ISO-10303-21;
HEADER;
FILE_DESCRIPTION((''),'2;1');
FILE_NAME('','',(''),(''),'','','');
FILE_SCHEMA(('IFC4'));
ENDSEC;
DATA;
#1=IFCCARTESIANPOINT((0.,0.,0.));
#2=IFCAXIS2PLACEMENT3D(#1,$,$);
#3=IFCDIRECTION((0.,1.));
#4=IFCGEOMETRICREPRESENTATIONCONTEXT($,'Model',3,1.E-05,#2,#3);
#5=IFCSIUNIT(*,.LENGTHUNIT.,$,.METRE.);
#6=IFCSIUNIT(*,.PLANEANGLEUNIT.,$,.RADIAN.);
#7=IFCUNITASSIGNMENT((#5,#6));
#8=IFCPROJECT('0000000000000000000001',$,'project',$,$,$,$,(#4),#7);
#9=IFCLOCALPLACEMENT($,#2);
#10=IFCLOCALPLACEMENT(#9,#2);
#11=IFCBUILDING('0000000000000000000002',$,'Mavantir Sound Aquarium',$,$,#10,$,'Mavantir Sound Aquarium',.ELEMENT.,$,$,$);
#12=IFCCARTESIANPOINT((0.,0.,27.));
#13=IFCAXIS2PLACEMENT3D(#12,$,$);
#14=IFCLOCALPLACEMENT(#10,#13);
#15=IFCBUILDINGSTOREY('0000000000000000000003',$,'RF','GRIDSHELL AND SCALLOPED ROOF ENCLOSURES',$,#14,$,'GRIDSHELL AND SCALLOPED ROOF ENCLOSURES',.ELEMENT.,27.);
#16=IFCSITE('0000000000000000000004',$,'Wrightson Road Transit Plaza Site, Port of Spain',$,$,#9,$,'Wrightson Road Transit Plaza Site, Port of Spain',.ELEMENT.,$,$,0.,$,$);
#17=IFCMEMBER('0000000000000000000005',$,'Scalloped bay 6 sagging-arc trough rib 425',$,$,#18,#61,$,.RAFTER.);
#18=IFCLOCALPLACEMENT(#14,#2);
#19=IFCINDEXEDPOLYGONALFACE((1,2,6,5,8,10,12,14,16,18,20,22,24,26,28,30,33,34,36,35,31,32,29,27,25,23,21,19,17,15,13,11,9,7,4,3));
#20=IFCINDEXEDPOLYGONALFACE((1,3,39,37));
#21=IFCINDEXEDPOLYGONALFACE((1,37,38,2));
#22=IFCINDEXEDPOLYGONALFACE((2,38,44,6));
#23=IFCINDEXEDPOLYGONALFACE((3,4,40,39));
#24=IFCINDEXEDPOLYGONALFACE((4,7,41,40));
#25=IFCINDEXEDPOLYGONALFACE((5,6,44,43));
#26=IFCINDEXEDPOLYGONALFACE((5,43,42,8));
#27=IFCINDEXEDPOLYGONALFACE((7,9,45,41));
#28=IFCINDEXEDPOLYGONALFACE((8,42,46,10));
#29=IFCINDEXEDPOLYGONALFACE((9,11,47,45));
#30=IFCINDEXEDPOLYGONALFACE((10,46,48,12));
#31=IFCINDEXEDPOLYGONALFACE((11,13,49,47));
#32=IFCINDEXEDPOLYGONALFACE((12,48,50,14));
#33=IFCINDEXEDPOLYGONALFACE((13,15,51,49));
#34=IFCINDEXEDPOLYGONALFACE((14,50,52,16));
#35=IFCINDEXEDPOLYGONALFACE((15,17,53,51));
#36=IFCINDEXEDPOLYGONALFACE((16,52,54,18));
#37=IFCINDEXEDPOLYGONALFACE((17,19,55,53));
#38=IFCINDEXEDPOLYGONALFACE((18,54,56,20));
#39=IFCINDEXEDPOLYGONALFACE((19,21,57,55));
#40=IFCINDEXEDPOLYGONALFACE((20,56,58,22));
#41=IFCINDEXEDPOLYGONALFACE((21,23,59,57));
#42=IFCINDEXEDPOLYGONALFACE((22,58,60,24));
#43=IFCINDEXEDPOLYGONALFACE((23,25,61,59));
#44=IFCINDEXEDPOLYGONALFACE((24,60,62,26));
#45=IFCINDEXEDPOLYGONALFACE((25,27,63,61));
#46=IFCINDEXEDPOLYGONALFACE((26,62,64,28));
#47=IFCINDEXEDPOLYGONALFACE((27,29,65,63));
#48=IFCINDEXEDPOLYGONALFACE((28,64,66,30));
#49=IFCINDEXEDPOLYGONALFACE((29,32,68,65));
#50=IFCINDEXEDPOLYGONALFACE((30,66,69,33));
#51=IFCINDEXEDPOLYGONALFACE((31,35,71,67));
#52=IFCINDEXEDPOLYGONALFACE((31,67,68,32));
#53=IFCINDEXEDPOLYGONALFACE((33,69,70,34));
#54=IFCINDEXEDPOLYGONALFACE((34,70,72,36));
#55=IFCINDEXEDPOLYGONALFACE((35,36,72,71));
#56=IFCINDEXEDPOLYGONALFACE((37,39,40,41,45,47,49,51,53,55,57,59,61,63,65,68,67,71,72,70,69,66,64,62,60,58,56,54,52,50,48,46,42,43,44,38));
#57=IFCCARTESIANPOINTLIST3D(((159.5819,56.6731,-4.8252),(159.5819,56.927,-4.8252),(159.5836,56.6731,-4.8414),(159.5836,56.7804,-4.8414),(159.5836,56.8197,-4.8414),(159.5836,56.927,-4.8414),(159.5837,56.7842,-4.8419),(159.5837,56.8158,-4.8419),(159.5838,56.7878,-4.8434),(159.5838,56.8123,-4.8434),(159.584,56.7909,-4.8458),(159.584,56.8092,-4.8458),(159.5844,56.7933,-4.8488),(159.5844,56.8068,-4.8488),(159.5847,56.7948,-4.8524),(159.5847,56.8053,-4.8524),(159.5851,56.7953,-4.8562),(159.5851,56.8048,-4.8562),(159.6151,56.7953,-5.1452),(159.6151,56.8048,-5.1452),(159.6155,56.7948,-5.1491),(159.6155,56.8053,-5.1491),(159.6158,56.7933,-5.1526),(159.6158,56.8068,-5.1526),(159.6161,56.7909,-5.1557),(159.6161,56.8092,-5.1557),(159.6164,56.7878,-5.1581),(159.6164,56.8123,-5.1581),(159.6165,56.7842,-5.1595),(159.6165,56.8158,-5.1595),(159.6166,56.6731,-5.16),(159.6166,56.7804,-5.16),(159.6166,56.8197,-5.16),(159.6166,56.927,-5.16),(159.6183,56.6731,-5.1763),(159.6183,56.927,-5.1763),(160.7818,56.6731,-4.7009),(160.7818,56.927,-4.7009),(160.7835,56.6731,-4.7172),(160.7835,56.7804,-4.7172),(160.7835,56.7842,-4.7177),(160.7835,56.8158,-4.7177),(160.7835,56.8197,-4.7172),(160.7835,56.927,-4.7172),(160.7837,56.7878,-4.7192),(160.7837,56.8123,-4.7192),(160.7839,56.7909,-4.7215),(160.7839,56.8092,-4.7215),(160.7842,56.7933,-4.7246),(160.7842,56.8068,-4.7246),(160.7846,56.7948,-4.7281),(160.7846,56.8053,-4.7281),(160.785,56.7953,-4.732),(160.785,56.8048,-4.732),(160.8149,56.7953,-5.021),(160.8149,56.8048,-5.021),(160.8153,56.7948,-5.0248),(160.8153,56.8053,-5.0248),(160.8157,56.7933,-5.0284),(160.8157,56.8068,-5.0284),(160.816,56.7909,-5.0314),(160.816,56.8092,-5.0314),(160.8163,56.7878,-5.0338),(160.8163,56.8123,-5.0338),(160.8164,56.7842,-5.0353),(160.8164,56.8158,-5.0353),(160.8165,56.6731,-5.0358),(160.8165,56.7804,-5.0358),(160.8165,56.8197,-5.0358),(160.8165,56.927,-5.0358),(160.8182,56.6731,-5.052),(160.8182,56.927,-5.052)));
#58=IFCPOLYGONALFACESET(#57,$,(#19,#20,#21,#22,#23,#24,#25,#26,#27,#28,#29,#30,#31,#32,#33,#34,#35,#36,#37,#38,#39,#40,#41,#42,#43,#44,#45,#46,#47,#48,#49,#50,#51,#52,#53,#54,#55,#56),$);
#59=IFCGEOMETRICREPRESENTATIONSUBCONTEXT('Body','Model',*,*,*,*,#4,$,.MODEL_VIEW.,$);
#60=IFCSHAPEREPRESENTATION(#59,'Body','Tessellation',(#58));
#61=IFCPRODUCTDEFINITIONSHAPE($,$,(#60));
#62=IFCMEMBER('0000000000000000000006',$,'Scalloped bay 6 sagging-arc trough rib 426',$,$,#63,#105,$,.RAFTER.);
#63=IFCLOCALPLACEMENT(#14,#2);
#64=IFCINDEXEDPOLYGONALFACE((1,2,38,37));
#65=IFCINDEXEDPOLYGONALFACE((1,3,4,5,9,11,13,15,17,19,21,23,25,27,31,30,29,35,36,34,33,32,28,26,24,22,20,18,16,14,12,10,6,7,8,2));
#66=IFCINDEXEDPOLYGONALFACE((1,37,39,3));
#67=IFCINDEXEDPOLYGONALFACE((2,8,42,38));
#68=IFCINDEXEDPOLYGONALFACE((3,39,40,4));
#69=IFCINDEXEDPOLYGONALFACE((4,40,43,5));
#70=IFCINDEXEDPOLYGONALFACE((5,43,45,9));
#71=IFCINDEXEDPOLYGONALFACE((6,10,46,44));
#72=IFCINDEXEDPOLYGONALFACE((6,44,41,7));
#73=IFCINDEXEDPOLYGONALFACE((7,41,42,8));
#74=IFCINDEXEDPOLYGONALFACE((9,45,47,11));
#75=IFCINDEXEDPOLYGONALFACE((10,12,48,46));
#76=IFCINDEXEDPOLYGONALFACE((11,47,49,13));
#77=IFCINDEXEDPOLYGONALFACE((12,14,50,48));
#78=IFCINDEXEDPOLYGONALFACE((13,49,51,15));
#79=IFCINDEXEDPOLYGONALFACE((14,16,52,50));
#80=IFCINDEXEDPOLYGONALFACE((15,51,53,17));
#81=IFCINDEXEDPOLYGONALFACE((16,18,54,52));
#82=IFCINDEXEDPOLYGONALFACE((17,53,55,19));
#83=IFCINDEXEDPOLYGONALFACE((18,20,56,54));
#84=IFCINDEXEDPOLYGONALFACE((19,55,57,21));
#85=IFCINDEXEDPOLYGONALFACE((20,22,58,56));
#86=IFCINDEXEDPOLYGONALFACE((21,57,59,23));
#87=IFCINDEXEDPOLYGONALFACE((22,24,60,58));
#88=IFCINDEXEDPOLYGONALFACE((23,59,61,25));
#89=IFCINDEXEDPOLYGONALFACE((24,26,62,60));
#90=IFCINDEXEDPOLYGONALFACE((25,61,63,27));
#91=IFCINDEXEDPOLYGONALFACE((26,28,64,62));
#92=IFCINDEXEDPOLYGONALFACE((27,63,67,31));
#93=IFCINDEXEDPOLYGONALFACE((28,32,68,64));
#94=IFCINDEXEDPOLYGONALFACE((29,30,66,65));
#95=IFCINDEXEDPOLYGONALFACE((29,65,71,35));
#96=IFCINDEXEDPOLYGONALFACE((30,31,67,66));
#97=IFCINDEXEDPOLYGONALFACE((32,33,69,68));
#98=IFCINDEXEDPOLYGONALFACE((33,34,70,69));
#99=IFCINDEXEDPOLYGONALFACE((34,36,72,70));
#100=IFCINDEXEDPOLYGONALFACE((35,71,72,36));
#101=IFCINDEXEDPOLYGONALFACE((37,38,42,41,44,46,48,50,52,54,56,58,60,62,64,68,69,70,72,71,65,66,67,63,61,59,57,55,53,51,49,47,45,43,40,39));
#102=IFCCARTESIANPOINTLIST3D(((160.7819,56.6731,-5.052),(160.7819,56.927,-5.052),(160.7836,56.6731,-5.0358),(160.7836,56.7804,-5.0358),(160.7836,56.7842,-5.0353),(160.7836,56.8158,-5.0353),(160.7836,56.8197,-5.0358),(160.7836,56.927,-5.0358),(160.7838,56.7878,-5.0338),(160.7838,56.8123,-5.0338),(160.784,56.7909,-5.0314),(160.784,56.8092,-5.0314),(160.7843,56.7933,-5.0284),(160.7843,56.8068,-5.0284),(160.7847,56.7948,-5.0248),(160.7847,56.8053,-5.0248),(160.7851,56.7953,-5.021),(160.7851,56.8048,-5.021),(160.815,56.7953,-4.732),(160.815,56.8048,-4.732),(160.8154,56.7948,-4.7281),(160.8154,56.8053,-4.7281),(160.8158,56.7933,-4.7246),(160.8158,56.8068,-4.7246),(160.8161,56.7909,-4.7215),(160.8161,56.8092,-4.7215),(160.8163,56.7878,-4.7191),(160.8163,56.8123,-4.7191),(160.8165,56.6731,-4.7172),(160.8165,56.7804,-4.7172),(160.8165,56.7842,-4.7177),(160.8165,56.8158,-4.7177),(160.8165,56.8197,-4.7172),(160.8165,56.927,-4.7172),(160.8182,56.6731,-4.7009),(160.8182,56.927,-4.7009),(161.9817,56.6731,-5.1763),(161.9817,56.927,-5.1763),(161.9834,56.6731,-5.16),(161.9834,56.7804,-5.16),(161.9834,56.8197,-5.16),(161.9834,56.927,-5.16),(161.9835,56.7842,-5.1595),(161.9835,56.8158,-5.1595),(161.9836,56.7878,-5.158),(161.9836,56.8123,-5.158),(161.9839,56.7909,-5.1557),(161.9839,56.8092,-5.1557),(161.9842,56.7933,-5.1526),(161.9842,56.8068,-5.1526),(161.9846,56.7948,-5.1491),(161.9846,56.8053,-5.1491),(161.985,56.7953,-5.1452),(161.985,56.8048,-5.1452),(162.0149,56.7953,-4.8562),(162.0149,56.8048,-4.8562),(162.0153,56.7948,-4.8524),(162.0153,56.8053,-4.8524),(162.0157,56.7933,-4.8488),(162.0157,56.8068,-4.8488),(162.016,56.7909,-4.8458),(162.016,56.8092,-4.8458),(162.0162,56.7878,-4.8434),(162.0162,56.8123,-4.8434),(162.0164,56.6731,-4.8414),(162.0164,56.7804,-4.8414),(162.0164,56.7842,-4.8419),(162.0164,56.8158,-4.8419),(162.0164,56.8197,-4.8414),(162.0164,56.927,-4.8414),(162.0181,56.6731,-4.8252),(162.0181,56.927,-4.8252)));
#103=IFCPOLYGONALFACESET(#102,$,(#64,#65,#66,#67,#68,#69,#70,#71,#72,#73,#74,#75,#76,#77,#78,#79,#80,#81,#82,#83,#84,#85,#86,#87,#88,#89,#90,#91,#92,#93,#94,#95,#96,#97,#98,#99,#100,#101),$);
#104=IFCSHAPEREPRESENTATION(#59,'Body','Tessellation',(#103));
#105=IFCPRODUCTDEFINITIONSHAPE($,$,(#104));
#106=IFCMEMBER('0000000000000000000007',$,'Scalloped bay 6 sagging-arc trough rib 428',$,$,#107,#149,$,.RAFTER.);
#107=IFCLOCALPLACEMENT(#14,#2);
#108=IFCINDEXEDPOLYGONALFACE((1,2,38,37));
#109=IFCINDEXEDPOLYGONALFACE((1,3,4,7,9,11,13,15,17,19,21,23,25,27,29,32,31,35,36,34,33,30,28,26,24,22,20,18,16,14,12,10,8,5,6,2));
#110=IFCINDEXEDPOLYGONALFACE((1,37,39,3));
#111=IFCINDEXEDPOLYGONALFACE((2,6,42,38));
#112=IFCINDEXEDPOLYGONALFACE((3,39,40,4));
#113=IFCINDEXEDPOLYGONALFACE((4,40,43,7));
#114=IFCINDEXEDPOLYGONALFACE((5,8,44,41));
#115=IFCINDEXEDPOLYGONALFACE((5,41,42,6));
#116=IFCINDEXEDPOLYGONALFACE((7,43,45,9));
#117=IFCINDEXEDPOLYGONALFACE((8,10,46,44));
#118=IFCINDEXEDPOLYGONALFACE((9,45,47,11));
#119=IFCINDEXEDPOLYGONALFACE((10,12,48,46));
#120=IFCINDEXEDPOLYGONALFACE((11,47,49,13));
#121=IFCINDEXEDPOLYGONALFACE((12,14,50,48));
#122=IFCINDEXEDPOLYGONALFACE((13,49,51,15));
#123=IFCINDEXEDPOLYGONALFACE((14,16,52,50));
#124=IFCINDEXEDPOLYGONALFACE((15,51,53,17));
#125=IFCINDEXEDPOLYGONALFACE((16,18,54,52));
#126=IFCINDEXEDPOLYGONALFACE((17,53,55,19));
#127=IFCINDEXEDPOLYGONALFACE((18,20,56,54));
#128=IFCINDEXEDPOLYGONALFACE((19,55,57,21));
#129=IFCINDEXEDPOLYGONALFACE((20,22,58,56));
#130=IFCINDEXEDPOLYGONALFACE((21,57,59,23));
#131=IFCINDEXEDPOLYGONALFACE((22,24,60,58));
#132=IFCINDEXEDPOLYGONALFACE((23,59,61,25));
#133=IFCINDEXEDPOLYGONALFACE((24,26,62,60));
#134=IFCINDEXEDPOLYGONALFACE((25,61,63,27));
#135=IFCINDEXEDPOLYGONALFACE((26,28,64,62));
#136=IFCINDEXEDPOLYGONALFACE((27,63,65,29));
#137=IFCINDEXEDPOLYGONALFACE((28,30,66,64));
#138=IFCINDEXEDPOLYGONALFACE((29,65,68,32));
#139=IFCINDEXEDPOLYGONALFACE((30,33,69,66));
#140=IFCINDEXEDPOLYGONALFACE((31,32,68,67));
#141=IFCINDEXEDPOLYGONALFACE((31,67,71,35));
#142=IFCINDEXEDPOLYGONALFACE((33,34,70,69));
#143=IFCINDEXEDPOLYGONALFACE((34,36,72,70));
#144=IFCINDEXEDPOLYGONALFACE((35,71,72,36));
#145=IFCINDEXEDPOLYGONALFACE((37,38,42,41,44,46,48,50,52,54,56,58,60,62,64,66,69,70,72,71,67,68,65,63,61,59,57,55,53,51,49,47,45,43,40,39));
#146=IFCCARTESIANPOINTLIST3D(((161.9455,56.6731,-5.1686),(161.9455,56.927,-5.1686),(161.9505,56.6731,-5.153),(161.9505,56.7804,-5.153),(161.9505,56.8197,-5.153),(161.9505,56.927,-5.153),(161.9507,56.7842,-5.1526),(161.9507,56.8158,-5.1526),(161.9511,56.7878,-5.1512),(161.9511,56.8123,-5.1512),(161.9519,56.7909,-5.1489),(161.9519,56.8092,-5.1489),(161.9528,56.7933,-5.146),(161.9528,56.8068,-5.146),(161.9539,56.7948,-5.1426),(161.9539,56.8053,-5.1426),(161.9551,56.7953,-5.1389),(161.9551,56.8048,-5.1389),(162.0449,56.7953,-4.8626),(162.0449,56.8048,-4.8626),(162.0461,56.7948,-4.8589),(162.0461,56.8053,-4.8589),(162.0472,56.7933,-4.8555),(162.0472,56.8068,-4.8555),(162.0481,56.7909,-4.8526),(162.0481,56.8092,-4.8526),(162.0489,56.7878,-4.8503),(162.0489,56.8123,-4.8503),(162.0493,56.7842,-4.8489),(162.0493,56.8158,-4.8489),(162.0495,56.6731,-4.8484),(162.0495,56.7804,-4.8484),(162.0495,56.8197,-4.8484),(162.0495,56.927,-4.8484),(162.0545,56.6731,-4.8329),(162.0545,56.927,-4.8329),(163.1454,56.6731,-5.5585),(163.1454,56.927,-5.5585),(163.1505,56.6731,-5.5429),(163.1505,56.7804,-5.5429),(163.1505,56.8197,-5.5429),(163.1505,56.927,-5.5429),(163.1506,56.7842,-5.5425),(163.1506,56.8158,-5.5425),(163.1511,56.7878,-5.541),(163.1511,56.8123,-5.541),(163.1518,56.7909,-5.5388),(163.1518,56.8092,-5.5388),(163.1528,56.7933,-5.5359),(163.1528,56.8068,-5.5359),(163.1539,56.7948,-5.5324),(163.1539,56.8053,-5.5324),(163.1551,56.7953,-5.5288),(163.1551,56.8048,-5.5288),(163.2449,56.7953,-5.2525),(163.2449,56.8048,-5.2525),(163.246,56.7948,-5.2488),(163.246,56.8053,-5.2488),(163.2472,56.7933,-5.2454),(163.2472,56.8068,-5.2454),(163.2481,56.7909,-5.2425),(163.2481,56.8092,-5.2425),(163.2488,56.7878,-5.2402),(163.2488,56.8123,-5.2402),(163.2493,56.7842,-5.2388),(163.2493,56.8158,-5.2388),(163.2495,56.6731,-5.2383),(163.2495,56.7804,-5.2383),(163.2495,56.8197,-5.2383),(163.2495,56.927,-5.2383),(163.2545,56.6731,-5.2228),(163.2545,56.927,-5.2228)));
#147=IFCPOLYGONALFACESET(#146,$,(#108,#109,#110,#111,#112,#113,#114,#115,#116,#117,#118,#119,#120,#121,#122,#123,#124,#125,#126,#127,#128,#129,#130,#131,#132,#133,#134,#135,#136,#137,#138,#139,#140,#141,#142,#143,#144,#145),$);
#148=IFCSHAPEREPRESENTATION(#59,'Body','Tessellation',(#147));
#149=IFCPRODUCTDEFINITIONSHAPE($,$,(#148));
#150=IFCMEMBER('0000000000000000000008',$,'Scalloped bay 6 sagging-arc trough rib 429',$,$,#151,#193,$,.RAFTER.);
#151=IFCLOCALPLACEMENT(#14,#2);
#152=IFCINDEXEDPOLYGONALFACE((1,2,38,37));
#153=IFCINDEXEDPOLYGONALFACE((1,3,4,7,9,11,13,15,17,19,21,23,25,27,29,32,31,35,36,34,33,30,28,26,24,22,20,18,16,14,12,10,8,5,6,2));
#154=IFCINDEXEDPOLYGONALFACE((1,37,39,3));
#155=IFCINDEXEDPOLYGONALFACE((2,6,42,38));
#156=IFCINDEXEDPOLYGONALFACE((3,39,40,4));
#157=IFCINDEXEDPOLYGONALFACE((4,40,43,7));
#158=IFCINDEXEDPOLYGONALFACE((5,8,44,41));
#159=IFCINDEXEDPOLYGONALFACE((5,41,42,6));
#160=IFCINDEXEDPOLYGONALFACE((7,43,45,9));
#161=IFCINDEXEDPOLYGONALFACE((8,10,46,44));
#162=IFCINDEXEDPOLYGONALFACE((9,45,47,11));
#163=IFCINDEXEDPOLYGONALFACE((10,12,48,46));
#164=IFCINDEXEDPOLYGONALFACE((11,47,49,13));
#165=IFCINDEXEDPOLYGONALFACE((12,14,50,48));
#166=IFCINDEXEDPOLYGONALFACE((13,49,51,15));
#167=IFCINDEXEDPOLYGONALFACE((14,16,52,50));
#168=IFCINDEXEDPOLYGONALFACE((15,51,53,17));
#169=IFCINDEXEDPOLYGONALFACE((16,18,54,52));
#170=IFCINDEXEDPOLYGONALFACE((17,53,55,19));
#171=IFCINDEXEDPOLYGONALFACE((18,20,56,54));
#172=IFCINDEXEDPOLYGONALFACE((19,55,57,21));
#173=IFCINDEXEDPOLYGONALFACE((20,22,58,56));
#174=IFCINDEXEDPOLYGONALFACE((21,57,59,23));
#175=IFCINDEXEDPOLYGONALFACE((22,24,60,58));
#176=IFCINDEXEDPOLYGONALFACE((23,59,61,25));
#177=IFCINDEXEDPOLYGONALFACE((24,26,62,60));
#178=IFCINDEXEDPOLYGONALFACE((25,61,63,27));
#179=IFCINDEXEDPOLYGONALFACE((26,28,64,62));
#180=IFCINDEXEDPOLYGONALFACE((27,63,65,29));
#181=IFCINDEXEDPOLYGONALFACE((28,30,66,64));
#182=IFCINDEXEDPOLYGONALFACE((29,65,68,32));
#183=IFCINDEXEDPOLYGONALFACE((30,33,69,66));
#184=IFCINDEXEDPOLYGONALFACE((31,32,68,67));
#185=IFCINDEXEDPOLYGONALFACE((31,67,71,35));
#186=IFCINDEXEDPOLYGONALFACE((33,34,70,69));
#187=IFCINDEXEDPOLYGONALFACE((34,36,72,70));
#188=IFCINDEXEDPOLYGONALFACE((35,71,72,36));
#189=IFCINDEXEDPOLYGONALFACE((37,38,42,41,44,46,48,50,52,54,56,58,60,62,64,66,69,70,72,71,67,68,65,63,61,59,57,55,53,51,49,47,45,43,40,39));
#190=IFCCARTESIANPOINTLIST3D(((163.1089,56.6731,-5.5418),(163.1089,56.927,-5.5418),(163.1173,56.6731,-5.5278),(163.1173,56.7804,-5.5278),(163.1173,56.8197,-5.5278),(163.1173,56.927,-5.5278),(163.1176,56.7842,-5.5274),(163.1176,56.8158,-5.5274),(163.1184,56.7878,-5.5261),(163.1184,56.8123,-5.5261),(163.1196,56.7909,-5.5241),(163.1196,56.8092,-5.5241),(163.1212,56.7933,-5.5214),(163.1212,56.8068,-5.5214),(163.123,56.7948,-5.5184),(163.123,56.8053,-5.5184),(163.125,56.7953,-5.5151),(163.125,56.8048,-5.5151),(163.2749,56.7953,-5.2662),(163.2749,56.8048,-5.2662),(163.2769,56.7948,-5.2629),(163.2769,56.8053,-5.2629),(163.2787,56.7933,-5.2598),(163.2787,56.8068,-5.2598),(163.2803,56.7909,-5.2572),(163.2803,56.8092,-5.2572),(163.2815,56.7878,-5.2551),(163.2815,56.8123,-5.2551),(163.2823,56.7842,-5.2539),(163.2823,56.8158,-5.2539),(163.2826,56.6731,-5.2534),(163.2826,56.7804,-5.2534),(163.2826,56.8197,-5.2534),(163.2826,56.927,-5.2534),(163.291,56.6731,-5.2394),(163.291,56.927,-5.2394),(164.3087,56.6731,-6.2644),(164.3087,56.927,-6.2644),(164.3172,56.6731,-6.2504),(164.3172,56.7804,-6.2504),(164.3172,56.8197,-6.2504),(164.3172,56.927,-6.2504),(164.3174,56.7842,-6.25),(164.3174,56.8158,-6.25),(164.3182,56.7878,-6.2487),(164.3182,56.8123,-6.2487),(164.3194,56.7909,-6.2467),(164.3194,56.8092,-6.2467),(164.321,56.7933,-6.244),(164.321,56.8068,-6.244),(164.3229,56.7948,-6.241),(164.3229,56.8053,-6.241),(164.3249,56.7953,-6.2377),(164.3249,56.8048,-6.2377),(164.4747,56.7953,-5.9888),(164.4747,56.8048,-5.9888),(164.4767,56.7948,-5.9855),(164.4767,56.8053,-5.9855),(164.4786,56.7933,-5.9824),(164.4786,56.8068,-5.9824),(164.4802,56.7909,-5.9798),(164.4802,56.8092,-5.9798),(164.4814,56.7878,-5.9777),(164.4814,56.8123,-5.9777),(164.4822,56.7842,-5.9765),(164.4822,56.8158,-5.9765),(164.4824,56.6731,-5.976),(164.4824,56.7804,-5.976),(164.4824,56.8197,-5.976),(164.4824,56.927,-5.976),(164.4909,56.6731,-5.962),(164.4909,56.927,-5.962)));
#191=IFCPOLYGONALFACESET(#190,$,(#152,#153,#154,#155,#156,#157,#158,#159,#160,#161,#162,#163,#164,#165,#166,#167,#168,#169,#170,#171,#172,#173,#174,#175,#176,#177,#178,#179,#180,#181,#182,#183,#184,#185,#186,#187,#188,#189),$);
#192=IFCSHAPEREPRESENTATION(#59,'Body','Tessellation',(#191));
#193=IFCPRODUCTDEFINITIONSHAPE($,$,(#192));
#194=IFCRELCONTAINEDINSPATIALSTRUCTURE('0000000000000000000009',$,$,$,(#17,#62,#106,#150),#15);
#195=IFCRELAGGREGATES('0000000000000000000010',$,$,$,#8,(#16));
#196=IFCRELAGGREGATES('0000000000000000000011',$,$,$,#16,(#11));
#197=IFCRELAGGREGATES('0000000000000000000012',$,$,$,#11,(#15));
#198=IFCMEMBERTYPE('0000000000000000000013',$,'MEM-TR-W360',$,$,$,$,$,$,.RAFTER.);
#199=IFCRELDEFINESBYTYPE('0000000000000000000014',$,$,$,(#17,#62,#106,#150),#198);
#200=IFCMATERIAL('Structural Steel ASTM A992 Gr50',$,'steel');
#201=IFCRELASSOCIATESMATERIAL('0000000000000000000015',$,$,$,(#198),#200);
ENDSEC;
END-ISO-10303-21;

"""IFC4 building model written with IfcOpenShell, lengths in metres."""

from ifc_helpers import new_model, si_unit, direction, frame, origin, origin_2d, place, context, subcontext, project, spatial, i_section, extrude, material, material_profile, profile_set, type_object, element, save


model = new_model("IFC4")

# Units and contexts
model_context = context("Model", 3, precision=1e-05, world=origin(), true_north=direction((0.0, 1.0)))
body_context = subcontext(model_context, "Body", "Model", "MODEL_VIEW")
ifc_project = project(units=[si_unit("LENGTHUNIT", "METRE"), si_unit("PLANEANGLEUNIT", "RADIAN")], contexts=[model_context])

# Site, building, storey
site_placement = place(None, origin())
site = spatial("IfcSite", under=ifc_project, at=site_placement, Name="Wrightson Road Transit Plaza Site, Port of Spain", LongName="Wrightson Road Transit Plaza Site, Port of Spain", CompositionType="ELEMENT", RefElevation=0.0)
building_placement = place(site_placement, origin())
building = spatial("IfcBuilding", under=site, at=building_placement, Name="Mavantir Sound Aquarium", LongName="Mavantir Sound Aquarium", CompositionType="ELEMENT")
storey_placement = place(building_placement, frame((0.0, 0.0, 27.0)))
storey = spatial("IfcBuildingStorey", under=building, at=storey_placement, Name="RF", Description="GRIDSHELL AND SCALLOPED ROOF ENCLOSURES", LongName="GRIDSHELL AND SCALLOPED ROOF ENCLOSURES", CompositionType="ELEMENT", Elevation=27.0)

# Members
ifc_material_1 = material(Name="Structural Steel ASTM A992 Gr50", Category="steel")
ifc_material_profile_1 = material_profile(ifc_material_1, i_section(OverallWidth=0.2539, OverallDepth=0.353, WebThickness=0.0095, FlangeThickness=0.0164, FilletRadius=0.0149, at=origin_2d()), Name="W360X91")
ifc_profile_set_1 = profile_set([ifc_material_profile_1], Name="Structural Steel ASTM A992 Gr50")
member_type_1 = type_object("IfcMemberType", Name="MEM-TR-W360", PredefinedType="RAFTER", material=ifc_profile_set_1)
for number, where, z_axis, x_axis, name in (
    (1, (159.6001, 56.8, -5.0007), (0.99468, 0.0, 0.10301), (0.0, 1.0, 0.0), "Scalloped bay 6 sagging-arc trough rib 425"),
    (2, (160.8, 56.8, -4.8765), (0.99468, 0.0, -0.10301), (0.0, 1.0, 0.0), "Scalloped bay 6 sagging-arc trough rib 426"),
):
    element("IfcMember", number, at=place(storey_placement, frame(where, z_axis=z_axis, x_axis=x_axis)), inside=storey, type_object=member_type_1, Name=name, PredefinedType="RAFTER", context=body_context, shape_type="SweptSolid", body=[
        extrude(i_section(OverallWidth=0.2539, OverallDepth=0.353, WebThickness=0.0095, FlangeThickness=0.0164, FilletRadius=0.0149, at=origin_2d()), origin(), (0.0, 0.0, 1.0), 1.2063),
    ])
member_1_placement = place(storey_placement, frame((162.0, 56.8, -5.0007), z_axis=(0.951055, 0.0, -0.30902), x_axis=(0.0, 1.0, 0.0)))
element("IfcMember", 3, at=member_1_placement, inside=storey, type_object=member_type_1, Name="Scalloped bay 6 sagging-arc trough rib 428", PredefinedType="RAFTER", context=body_context, shape_type="SweptSolid", body=[
    extrude(i_section(OverallWidth=0.2539, OverallDepth=0.353, WebThickness=0.0095, FlangeThickness=0.0164, FilletRadius=0.0149, at=origin_2d()), origin(), (0.0, 0.0, 1.0), 1.2617),
])
member_2_placement = place(storey_placement, frame((163.2, 56.8, -5.3906), z_axis=(0.856646, 0.0, -0.515905), x_axis=(0.0, 1.0, 0.0)))
element("IfcMember", 4, at=member_2_placement, inside=storey, type_object=member_type_1, Name="Scalloped bay 6 sagging-arc trough rib 429", PredefinedType="RAFTER", context=body_context, shape_type="SweptSolid", body=[
    extrude(i_section(OverallWidth=0.2539, OverallDepth=0.353, WebThickness=0.0095, FlangeThickness=0.0164, FilletRadius=0.0149, at=origin_2d()), origin(), (0.0, 0.0, 1.0), 1.4006),
])

save(model, "model.ifc")
